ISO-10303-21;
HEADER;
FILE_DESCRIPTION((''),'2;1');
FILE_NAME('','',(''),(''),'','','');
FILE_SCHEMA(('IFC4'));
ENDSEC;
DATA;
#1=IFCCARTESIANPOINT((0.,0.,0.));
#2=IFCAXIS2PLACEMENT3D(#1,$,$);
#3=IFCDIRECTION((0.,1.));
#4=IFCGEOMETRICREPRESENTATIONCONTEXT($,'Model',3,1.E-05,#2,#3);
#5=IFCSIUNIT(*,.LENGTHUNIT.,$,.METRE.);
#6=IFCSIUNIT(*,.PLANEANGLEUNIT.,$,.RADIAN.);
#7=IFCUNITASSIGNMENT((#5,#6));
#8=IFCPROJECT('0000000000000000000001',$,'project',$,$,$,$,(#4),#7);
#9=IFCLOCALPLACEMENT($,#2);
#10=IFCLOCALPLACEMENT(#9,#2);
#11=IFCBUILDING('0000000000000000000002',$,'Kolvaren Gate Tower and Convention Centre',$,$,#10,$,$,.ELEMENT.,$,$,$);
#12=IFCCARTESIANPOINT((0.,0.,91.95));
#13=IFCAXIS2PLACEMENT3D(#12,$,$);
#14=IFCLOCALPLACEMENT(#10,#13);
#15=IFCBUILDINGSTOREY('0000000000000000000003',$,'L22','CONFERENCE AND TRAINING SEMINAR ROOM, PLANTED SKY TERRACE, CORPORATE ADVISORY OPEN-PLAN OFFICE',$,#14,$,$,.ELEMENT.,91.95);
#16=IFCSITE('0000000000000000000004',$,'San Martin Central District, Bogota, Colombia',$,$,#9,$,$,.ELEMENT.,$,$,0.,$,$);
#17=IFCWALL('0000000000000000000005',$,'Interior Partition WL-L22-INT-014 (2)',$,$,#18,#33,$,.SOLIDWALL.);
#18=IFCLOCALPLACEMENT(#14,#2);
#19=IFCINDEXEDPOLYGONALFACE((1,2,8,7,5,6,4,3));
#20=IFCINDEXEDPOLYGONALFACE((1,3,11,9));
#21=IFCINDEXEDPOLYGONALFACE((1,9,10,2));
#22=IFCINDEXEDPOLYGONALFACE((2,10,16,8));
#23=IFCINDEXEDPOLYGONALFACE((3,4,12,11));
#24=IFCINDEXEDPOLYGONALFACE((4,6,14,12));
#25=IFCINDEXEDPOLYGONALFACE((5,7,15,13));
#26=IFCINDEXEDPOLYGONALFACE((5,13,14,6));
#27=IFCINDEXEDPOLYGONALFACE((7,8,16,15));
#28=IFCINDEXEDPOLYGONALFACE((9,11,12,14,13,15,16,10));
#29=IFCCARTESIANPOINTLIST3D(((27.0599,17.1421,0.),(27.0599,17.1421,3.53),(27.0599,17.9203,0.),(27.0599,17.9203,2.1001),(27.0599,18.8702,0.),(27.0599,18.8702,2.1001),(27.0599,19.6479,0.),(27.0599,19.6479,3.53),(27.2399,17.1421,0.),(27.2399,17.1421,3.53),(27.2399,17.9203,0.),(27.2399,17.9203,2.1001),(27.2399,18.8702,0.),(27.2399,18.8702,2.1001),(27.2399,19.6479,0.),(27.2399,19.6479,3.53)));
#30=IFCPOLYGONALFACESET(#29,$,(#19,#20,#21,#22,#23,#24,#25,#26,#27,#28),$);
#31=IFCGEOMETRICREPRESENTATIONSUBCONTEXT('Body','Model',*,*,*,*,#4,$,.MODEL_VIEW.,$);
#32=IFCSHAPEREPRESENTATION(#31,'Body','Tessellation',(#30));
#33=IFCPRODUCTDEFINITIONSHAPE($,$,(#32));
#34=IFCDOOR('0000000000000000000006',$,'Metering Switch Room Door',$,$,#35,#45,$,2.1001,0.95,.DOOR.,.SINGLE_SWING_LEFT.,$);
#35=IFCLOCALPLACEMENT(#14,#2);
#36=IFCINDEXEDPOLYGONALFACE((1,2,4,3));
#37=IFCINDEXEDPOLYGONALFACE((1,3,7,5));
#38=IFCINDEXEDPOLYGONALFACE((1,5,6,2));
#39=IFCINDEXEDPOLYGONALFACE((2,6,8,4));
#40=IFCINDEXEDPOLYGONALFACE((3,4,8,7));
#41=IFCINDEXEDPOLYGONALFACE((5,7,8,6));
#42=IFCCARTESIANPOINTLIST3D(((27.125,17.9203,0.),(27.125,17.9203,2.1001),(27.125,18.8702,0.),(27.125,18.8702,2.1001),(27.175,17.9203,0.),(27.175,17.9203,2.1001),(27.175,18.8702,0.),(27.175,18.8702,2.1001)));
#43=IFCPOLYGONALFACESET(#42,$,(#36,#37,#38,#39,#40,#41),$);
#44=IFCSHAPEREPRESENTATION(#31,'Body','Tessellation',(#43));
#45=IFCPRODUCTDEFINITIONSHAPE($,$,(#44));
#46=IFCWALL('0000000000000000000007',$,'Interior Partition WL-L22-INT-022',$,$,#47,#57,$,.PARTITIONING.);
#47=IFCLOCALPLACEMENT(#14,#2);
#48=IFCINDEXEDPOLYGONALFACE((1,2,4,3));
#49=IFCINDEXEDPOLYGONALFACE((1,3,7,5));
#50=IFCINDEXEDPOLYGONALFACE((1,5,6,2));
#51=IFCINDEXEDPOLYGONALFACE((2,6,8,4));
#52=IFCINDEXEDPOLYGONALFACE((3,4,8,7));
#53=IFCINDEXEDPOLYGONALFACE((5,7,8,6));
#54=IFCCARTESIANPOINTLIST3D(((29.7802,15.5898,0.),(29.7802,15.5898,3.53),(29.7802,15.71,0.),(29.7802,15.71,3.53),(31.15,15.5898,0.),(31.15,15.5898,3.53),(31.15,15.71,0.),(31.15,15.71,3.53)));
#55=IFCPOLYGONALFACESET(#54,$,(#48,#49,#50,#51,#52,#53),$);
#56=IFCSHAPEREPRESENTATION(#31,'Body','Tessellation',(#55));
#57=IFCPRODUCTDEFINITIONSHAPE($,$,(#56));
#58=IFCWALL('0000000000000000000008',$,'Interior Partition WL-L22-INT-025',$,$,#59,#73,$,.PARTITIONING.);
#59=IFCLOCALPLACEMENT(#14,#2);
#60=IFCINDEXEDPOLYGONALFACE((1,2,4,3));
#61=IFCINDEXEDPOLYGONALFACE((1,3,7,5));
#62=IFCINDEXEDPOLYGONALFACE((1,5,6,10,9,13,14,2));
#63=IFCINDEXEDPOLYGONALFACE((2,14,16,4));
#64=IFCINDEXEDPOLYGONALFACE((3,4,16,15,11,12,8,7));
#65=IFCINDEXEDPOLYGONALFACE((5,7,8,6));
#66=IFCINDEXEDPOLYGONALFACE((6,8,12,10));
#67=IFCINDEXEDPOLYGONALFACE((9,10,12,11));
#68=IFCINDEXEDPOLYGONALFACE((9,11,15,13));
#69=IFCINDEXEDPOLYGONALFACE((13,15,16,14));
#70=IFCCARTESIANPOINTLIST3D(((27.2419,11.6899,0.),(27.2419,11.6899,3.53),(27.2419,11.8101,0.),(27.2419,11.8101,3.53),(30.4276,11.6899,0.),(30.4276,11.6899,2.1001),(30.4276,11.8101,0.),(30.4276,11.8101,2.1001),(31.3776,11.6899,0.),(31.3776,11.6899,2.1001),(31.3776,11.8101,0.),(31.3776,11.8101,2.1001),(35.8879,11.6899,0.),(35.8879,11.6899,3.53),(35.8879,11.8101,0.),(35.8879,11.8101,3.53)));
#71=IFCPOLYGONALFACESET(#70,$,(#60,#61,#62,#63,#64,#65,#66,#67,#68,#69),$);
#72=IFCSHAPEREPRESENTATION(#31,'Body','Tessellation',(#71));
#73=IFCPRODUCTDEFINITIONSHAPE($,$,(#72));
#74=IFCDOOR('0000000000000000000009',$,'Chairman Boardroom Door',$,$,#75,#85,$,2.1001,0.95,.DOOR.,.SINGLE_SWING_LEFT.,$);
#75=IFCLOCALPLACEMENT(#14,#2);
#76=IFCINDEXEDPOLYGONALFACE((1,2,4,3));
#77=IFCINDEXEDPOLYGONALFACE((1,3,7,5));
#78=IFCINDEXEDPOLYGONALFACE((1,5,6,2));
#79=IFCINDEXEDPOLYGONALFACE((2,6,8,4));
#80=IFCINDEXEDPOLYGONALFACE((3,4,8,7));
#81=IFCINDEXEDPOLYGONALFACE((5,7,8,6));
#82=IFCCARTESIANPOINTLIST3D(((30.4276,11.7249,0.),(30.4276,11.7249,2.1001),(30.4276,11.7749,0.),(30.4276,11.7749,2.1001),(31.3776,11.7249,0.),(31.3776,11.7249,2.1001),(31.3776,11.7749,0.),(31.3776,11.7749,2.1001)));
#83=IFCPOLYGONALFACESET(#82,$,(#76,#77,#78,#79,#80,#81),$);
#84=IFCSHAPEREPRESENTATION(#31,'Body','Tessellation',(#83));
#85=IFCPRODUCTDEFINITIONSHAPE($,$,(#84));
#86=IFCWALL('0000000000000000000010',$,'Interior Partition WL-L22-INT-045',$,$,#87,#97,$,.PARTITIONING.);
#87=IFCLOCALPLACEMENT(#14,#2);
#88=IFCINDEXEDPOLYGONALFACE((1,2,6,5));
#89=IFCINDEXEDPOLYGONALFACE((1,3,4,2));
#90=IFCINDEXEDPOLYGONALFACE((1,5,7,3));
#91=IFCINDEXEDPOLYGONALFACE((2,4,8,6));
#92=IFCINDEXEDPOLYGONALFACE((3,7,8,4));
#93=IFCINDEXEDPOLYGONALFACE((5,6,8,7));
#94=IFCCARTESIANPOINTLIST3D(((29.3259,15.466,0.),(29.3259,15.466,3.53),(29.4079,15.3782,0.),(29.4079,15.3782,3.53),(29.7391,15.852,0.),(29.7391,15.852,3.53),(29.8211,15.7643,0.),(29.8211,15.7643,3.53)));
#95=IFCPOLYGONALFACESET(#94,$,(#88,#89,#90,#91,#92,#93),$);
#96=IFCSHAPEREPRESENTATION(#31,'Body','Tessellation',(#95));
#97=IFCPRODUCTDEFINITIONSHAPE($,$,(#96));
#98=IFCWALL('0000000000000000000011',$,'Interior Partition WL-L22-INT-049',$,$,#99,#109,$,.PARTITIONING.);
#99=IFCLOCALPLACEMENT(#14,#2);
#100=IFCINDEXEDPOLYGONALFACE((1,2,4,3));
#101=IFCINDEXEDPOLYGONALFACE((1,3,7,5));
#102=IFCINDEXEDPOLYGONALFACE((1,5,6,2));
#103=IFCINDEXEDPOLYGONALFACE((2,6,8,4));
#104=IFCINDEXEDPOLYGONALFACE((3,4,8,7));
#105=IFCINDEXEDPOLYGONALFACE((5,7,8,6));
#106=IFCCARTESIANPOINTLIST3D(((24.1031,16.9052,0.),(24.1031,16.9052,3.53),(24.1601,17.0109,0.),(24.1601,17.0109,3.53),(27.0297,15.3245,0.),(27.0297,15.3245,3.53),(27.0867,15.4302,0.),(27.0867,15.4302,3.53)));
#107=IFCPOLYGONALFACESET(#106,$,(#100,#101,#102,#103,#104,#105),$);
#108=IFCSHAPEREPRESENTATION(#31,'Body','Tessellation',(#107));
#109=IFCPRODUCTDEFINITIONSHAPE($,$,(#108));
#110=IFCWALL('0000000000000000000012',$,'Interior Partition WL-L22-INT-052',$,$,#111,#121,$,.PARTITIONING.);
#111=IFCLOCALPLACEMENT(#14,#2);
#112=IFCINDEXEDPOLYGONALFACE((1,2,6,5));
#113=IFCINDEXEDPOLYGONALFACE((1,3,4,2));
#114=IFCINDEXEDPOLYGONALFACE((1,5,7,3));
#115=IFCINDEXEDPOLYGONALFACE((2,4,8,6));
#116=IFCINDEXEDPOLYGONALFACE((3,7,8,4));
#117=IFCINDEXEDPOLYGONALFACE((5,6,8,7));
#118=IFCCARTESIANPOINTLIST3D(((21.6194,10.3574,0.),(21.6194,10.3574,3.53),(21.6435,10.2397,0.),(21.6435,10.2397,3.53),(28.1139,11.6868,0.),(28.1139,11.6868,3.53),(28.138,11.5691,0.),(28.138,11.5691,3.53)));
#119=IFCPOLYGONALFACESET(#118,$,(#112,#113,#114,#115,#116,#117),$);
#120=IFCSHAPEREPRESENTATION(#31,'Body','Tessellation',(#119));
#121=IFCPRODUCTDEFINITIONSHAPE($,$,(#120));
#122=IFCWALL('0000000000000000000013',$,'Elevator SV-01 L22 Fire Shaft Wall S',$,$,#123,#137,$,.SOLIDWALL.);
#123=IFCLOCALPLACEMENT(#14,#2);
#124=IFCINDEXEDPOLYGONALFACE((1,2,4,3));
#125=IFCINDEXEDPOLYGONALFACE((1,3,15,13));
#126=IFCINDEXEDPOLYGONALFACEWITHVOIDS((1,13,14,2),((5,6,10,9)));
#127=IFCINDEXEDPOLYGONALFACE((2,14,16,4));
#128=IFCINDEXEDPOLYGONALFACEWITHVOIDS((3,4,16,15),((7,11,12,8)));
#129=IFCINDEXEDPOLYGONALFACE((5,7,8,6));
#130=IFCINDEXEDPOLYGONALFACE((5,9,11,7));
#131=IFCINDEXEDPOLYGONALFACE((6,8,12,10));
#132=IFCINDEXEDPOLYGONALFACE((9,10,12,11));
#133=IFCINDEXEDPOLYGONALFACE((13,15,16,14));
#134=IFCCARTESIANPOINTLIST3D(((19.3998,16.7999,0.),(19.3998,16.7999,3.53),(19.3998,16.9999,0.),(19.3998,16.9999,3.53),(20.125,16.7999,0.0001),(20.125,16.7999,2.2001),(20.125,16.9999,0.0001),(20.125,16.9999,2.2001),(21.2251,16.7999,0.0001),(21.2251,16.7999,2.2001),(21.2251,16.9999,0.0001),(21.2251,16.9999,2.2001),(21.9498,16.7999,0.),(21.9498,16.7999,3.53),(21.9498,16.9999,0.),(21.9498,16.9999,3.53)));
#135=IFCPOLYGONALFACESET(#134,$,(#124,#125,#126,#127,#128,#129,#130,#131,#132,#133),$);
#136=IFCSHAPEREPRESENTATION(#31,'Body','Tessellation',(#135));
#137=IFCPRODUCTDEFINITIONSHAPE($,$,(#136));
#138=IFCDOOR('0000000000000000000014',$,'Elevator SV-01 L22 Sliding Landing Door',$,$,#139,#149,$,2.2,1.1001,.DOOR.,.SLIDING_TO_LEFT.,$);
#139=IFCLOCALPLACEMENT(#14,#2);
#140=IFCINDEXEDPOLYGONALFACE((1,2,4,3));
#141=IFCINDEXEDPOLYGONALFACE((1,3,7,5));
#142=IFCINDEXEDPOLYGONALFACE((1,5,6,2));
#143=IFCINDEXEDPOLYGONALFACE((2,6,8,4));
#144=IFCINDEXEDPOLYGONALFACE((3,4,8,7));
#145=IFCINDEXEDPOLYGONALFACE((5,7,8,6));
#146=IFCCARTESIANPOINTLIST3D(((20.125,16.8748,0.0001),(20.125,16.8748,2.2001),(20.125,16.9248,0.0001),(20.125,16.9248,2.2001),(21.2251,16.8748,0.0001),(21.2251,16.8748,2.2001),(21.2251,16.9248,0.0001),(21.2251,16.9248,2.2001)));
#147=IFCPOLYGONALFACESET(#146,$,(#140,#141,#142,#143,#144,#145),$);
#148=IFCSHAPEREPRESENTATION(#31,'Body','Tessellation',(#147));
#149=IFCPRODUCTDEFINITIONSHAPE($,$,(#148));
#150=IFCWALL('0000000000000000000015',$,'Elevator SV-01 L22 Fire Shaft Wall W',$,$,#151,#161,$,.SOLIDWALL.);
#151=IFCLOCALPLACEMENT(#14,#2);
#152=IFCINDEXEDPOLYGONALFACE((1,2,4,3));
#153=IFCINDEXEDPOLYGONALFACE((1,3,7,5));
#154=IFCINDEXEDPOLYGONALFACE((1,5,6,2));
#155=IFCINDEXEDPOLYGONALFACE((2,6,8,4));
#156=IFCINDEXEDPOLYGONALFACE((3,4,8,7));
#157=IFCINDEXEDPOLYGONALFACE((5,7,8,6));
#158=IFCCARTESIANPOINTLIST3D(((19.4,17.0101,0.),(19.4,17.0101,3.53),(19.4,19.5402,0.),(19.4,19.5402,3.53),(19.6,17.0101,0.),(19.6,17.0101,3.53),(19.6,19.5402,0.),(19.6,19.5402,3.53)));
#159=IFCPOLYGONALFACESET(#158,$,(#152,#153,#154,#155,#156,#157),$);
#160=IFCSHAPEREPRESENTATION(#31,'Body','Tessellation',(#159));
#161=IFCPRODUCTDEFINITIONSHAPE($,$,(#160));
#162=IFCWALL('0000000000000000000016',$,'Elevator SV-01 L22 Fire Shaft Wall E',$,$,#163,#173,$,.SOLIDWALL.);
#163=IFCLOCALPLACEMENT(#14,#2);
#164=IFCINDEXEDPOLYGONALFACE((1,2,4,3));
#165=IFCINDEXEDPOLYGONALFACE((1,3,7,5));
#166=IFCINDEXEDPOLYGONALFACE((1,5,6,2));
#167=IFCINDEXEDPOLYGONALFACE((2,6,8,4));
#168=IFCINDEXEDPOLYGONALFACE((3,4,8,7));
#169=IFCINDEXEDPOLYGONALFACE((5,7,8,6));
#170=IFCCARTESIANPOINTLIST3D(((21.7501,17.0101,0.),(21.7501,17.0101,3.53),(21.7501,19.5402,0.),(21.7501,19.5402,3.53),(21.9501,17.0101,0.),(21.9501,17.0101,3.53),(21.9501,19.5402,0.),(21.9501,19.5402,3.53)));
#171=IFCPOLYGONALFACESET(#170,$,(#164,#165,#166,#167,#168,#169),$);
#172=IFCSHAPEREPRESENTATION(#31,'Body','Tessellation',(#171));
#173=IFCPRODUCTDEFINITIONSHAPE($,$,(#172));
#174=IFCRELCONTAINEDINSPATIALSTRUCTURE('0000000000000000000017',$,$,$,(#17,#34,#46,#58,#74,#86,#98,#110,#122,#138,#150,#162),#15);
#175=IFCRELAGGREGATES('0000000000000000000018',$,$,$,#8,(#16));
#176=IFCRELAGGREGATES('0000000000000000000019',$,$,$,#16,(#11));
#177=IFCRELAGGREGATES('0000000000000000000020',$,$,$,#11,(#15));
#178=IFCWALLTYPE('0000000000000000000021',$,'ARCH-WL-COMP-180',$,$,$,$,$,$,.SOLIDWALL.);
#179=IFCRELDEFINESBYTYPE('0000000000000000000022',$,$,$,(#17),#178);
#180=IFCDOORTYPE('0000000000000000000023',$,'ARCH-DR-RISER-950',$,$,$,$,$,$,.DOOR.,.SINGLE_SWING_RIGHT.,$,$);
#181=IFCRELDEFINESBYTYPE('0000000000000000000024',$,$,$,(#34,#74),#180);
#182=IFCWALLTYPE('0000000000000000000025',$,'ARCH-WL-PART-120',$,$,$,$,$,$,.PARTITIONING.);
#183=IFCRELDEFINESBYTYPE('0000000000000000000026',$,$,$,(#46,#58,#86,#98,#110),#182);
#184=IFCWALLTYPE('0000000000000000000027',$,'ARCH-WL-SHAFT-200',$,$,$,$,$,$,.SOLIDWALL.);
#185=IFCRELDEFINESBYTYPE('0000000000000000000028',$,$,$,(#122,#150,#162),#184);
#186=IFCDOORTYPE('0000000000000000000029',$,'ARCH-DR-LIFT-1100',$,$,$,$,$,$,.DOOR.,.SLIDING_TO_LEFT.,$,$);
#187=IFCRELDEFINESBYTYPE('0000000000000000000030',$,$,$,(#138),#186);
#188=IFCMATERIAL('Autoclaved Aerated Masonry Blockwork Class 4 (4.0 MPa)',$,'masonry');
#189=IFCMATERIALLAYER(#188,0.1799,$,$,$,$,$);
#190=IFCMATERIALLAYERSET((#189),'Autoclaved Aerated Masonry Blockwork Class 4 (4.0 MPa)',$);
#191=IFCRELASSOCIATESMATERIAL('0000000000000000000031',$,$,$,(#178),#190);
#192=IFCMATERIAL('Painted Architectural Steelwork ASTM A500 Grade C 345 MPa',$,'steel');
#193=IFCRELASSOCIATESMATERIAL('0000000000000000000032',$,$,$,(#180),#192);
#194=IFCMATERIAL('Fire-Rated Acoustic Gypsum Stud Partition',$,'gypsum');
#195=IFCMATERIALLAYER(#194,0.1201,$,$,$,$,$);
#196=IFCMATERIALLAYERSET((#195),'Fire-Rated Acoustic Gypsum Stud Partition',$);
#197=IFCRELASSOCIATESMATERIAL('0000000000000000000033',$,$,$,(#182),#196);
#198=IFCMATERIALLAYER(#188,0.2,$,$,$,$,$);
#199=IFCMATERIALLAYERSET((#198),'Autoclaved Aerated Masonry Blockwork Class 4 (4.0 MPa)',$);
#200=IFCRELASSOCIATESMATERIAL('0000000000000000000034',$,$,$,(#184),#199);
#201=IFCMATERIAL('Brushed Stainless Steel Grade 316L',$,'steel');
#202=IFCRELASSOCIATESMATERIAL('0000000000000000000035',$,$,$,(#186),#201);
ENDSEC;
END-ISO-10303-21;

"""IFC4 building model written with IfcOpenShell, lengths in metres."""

from ifc_helpers import new_model, si_unit, direction, frame, frame_2d, origin, place, context, subcontext, project, spatial, rectangle, extrude, material, layer, layer_set, type_object, element, fill, save


model = new_model("IFC4")

# Units and contexts
model_context = context("Model", 3, precision=1e-05, world=origin(), true_north=direction((0.0, 1.0)))
body_context = subcontext(model_context, "Body", "Model", "MODEL_VIEW")
ifc_project = project(units=[si_unit("LENGTHUNIT", "METRE"), si_unit("PLANEANGLEUNIT", "RADIAN")], contexts=[model_context])

# Site, building, storey
site_placement = place(None, origin())
site = spatial("IfcSite", under=ifc_project, at=site_placement, Name="San Martin Central District, Bogota, Colombia", CompositionType="ELEMENT", RefElevation=0.0)
building_placement = place(site_placement, origin())
building = spatial("IfcBuilding", under=site, at=building_placement, Name="Kolvaren Gate Tower and Convention Centre", CompositionType="ELEMENT")
storey_placement = place(building_placement, frame((0.0, 0.0, 91.95)))
storey = spatial("IfcBuildingStorey", under=building, at=storey_placement, Name="L22", Description="CONFERENCE AND TRAINING SEMINAR ROOM, PLANTED SKY TERRACE, CORPORATE ADVISORY OPEN-PLAN OFFICE", CompositionType="ELEMENT", Elevation=91.95)

# Shared definitions
ifc_material_1 = material(Name="Autoclaved Aerated Masonry Blockwork Class 4 (4.0 MPa)", Category="masonry")
ifc_layer_1 = layer(ifc_material_1, 0.1799)
ifc_layer_set_1 = layer_set([ifc_layer_1], Name="Autoclaved Aerated Masonry Blockwork Class 4 (4.0 MPa)")
wall_type_1 = type_object("IfcWallType", Name="ARCH-WL-COMP-180", PredefinedType="SOLIDWALL", material=ifc_layer_set_1)

# Wall, opening, door
ifc_material_2 = material(Name="Painted Architectural Steelwork ASTM A500 Grade C 345 MPa", Category="steel")
door_type_1 = type_object("IfcDoorType", Name="ARCH-DR-RISER-950", OperationType="SINGLE_SWING_RIGHT", PredefinedType="DOOR", material=ifc_material_2)
wall_1_placement = place(storey_placement, frame((27.1499, 17.1421, 0.0), z_axis=(0.0, 0.0, 1.0), x_axis=(0.0, 1.0, 0.0)))
wall_1 = element("IfcWall", 1, at=wall_1_placement, inside=storey, type_object=wall_type_1, Name="Interior Partition WL-L22-INT-014 (2)", PredefinedType="SOLIDWALL", context=body_context, shape_type="SweptSolid", body=[
    extrude(rectangle(XDim=2.5059, YDim=0.1799, at=frame_2d((1.2529, 0.0))), origin(), (0.0, 0.0, 1.0), 3.53),
])
opening_1_placement = place(wall_1_placement, frame((0.7781, 0.0, 0.0)))
opening_1 = element("IfcOpeningElement", 2, at=opening_1_placement, cuts=wall_1, PredefinedType="OPENING", context=body_context, shape_type="SweptSolid", body=[
    extrude(rectangle(XDim=0.95, YDim=2.1001, at=frame_2d((0.4751, 1.05))), frame((0.0, 0.0999, 0.0), z_axis=(0.0, -1.0, 0.0), x_axis=(1.0, 0.0, 0.0)), (0.0, 0.0, 1.0), 0.2),
])
door_1_placement = place(opening_1_placement, origin())
door_1 = element("IfcDoor", 3, at=door_1_placement, inside=storey, type_object=door_type_1, Name="Metering Switch Room Door", OperationType="SINGLE_SWING_LEFT", OverallHeight=2.1001, OverallWidth=0.95, PredefinedType="DOOR", context=body_context, shape_type="SweptSolid", body=[
    extrude(rectangle(XDim=0.95, YDim=2.1001, at=frame_2d((0.4751, 1.05))), frame((0.0, 0.0249, 0.0), z_axis=(0.0, -1.0, 0.0), x_axis=(1.0, 0.0, 0.0)), (0.0, 0.0, 1.0), 0.05),
])
fill(opening_1, door_1)

# Wall
ifc_material_3 = material(Name="Fire-Rated Acoustic Gypsum Stud Partition", Category="gypsum")
ifc_layer_2 = layer(ifc_material_3, 0.1201)
ifc_layer_set_2 = layer_set([ifc_layer_2], Name="Fire-Rated Acoustic Gypsum Stud Partition")
wall_type_2 = type_object("IfcWallType", Name="ARCH-WL-PART-120", PredefinedType="PARTITIONING", material=ifc_layer_set_2)
wall_2_placement = place(storey_placement, frame((29.78, 15.6499, 0.0), z_axis=(0.0, 0.0, 1.0), x_axis=(1.0, 0.0, 0.0)))
element("IfcWall", 4, at=wall_2_placement, inside=storey, type_object=wall_type_2, Name="Interior Partition WL-L22-INT-022", PredefinedType="PARTITIONING", context=body_context, shape_type="SweptSolid", body=[
    extrude(rectangle(XDim=1.3699, YDim=0.1201, at=frame_2d((0.6851, 0.0))), origin(), (0.0, 0.0, 1.0), 3.53),
])

# Wall, opening, door
wall_3_placement = place(storey_placement, frame((27.2419, 11.75, 0.0), z_axis=(0.0, 0.0, 1.0), x_axis=(1.0, 0.0, 0.0)))
wall_3 = element("IfcWall", 5, at=wall_3_placement, inside=storey, type_object=wall_type_2, Name="Interior Partition WL-L22-INT-025", PredefinedType="PARTITIONING", context=body_context, shape_type="SweptSolid", body=[
    extrude(rectangle(XDim=8.646, YDim=0.1201, at=frame_2d((4.323, 0.0))), origin(), (0.0, 0.0, 1.0), 3.53),
])
opening_2_placement = place(wall_3_placement, frame((3.1855, 0.0, 0.0)))
opening_2 = element("IfcOpeningElement", 6, at=opening_2_placement, cuts=wall_3, PredefinedType="OPENING", context=body_context, shape_type="SweptSolid", body=[
    extrude(rectangle(XDim=0.95, YDim=2.1001, at=frame_2d((0.4751, 1.05))), frame((0.0, 0.0701, 0.0), z_axis=(0.0, -1.0, 0.0), x_axis=(1.0, 0.0, 0.0)), (0.0, 0.0, 1.0), 0.1401),
])
door_2_placement = place(opening_2_placement, origin())
door_2 = element("IfcDoor", 7, at=door_2_placement, inside=storey, type_object=door_type_1, Name="Chairman Boardroom Door", OperationType="SINGLE_SWING_LEFT", OverallHeight=2.1001, OverallWidth=0.95, PredefinedType="DOOR", context=body_context, shape_type="SweptSolid", body=[
    extrude(rectangle(XDim=0.95, YDim=2.1001, at=frame_2d((0.4751, 1.05))), frame((0.0, 0.0249, 0.0), z_axis=(0.0, -1.0, 0.0), x_axis=(1.0, 0.0, 0.0)), (0.0, 0.0, 1.0), 0.05),
])
fill(opening_2, door_2)

# Walls
wall_4_placement = place(storey_placement, frame((29.3669, 15.4221, 0.0), z_axis=(0.0, 0.0, 1.0), x_axis=(0.730667, 0.682734, 0.0)))
element("IfcWall", 8, at=wall_4_placement, inside=storey, type_object=wall_type_2, Name="Interior Partition WL-L22-INT-045", PredefinedType="PARTITIONING", context=body_context, shape_type="SweptSolid", body=[
    extrude(rectangle(XDim=0.5654, YDim=0.1201, at=frame_2d((0.2827, 0.0))), origin(), (0.0, 0.0, 1.0), 3.53),
])
wall_5_placement = place(storey_placement, frame((24.1316, 16.958, 0.0), z_axis=(0.0, 0.0, 1.0), x_axis=(0.879874, -0.475207, 0.0)))
element("IfcWall", 9, at=wall_5_placement, inside=storey, type_object=wall_type_2, Name="Interior Partition WL-L22-INT-049", PredefinedType="PARTITIONING", context=body_context, shape_type="SweptSolid", body=[
    extrude(rectangle(XDim=3.3262, YDim=0.1201, at=frame_2d((1.6631, 0.0))), origin(), (0.0, 0.0, 1.0), 3.53),
])
wall_6_placement = place(storey_placement, frame((21.6316, 10.2986, 0.0), z_axis=(0.0, 0.0, 1.0), x_axis=(0.979687, 0.200534, 0.0)))
element("IfcWall", 10, at=wall_6_placement, inside=storey, type_object=wall_type_2, Name="Interior Partition WL-L22-INT-052", PredefinedType="PARTITIONING", context=body_context, shape_type="SweptSolid", body=[
    extrude(rectangle(XDim=6.6292, YDim=0.1201, at=frame_2d((3.3145, 0.0))), origin(), (0.0, 0.0, 1.0), 3.53),
])

# Wall, opening, door
ifc_layer_3 = layer(ifc_material_1, 0.2)
ifc_layer_set_3 = layer_set([ifc_layer_3], Name="Autoclaved Aerated Masonry Blockwork Class 4 (4.0 MPa)")
wall_type_3 = type_object("IfcWallType", Name="ARCH-WL-SHAFT-200", PredefinedType="SOLIDWALL", material=ifc_layer_set_3)
wall_7_placement = place(storey_placement, frame((19.3999, 16.8999, 0.0), z_axis=(0.0, 0.0, 1.0), x_axis=(1.0, 0.0, 0.0)))
wall_7 = element("IfcWall", 11, at=wall_7_placement, inside=storey, type_object=wall_type_3, Name="Elevator SV-01 L22 Fire Shaft Wall S", PredefinedType="SOLIDWALL", context=body_context, shape_type="SweptSolid", body=[
    extrude(rectangle(XDim=2.55, YDim=0.2, at=frame_2d((1.2749, 0.0))), origin(), (0.0, 0.0, 1.0), 3.53),
])
opening_3_placement = place(wall_7_placement, frame((0.7251, 0.0, 0.0)))
opening_3 = element("IfcOpeningElement", 12, at=opening_3_placement, cuts=wall_7, PredefinedType="OPENING", context=body_context, shape_type="SweptSolid", body=[
    extrude(rectangle(XDim=1.1001, YDim=2.2, at=frame_2d((0.55, 1.1001))), frame((0.0, 0.1099, 0.0), z_axis=(0.0, -1.0, 0.0), x_axis=(1.0, 0.0, 0.0)), (0.0, 0.0, 1.0), 0.22),
])
ifc_material_4 = material(Name="Brushed Stainless Steel Grade 316L", Category="steel")
door_type_2 = type_object("IfcDoorType", Name="ARCH-DR-LIFT-1100", OperationType="SLIDING_TO_LEFT", PredefinedType="DOOR", material=ifc_material_4)
door_3_placement = place(opening_3_placement, origin())
door_3 = element("IfcDoor", 13, at=door_3_placement, inside=storey, type_object=door_type_2, Name="Elevator SV-01 L22 Sliding Landing Door", OperationType="SLIDING_TO_LEFT", OverallHeight=2.2, OverallWidth=1.1001, PredefinedType="DOOR", context=body_context, shape_type="SweptSolid", body=[
    extrude(rectangle(XDim=1.1001, YDim=2.2, at=frame_2d((0.55, 1.1001))), frame((0.0, 0.0249, 0.0), z_axis=(0.0, -1.0, 0.0), x_axis=(1.0, 0.0, 0.0)), (0.0, 0.0, 1.0), 0.05),
])
fill(opening_3, door_3)

# Walls
for number, where, z_axis, x_axis, name in (
    (14, (19.5, 17.01, 0.0), (0.0, 0.0, 1.0), (0.0, 1.0, 0.0), "Elevator SV-01 L22 Fire Shaft Wall W"),
    (15, (21.8501, 17.01, 0.0), (0.0, 0.0, 1.0), (0.0, 1.0, 0.0), "Elevator SV-01 L22 Fire Shaft Wall E"),
):
    element("IfcWall", number, at=place(storey_placement, frame(where, z_axis=z_axis, x_axis=x_axis)), inside=storey, type_object=wall_type_3, Name=name, PredefinedType="SOLIDWALL", context=body_context, shape_type="SweptSolid", body=[
        extrude(rectangle(XDim=2.53, YDim=0.2, at=frame_2d((1.2651, 0.0))), origin(), (0.0, 0.0, 1.0), 3.53),
    ])

save(model, "model.ifc")
